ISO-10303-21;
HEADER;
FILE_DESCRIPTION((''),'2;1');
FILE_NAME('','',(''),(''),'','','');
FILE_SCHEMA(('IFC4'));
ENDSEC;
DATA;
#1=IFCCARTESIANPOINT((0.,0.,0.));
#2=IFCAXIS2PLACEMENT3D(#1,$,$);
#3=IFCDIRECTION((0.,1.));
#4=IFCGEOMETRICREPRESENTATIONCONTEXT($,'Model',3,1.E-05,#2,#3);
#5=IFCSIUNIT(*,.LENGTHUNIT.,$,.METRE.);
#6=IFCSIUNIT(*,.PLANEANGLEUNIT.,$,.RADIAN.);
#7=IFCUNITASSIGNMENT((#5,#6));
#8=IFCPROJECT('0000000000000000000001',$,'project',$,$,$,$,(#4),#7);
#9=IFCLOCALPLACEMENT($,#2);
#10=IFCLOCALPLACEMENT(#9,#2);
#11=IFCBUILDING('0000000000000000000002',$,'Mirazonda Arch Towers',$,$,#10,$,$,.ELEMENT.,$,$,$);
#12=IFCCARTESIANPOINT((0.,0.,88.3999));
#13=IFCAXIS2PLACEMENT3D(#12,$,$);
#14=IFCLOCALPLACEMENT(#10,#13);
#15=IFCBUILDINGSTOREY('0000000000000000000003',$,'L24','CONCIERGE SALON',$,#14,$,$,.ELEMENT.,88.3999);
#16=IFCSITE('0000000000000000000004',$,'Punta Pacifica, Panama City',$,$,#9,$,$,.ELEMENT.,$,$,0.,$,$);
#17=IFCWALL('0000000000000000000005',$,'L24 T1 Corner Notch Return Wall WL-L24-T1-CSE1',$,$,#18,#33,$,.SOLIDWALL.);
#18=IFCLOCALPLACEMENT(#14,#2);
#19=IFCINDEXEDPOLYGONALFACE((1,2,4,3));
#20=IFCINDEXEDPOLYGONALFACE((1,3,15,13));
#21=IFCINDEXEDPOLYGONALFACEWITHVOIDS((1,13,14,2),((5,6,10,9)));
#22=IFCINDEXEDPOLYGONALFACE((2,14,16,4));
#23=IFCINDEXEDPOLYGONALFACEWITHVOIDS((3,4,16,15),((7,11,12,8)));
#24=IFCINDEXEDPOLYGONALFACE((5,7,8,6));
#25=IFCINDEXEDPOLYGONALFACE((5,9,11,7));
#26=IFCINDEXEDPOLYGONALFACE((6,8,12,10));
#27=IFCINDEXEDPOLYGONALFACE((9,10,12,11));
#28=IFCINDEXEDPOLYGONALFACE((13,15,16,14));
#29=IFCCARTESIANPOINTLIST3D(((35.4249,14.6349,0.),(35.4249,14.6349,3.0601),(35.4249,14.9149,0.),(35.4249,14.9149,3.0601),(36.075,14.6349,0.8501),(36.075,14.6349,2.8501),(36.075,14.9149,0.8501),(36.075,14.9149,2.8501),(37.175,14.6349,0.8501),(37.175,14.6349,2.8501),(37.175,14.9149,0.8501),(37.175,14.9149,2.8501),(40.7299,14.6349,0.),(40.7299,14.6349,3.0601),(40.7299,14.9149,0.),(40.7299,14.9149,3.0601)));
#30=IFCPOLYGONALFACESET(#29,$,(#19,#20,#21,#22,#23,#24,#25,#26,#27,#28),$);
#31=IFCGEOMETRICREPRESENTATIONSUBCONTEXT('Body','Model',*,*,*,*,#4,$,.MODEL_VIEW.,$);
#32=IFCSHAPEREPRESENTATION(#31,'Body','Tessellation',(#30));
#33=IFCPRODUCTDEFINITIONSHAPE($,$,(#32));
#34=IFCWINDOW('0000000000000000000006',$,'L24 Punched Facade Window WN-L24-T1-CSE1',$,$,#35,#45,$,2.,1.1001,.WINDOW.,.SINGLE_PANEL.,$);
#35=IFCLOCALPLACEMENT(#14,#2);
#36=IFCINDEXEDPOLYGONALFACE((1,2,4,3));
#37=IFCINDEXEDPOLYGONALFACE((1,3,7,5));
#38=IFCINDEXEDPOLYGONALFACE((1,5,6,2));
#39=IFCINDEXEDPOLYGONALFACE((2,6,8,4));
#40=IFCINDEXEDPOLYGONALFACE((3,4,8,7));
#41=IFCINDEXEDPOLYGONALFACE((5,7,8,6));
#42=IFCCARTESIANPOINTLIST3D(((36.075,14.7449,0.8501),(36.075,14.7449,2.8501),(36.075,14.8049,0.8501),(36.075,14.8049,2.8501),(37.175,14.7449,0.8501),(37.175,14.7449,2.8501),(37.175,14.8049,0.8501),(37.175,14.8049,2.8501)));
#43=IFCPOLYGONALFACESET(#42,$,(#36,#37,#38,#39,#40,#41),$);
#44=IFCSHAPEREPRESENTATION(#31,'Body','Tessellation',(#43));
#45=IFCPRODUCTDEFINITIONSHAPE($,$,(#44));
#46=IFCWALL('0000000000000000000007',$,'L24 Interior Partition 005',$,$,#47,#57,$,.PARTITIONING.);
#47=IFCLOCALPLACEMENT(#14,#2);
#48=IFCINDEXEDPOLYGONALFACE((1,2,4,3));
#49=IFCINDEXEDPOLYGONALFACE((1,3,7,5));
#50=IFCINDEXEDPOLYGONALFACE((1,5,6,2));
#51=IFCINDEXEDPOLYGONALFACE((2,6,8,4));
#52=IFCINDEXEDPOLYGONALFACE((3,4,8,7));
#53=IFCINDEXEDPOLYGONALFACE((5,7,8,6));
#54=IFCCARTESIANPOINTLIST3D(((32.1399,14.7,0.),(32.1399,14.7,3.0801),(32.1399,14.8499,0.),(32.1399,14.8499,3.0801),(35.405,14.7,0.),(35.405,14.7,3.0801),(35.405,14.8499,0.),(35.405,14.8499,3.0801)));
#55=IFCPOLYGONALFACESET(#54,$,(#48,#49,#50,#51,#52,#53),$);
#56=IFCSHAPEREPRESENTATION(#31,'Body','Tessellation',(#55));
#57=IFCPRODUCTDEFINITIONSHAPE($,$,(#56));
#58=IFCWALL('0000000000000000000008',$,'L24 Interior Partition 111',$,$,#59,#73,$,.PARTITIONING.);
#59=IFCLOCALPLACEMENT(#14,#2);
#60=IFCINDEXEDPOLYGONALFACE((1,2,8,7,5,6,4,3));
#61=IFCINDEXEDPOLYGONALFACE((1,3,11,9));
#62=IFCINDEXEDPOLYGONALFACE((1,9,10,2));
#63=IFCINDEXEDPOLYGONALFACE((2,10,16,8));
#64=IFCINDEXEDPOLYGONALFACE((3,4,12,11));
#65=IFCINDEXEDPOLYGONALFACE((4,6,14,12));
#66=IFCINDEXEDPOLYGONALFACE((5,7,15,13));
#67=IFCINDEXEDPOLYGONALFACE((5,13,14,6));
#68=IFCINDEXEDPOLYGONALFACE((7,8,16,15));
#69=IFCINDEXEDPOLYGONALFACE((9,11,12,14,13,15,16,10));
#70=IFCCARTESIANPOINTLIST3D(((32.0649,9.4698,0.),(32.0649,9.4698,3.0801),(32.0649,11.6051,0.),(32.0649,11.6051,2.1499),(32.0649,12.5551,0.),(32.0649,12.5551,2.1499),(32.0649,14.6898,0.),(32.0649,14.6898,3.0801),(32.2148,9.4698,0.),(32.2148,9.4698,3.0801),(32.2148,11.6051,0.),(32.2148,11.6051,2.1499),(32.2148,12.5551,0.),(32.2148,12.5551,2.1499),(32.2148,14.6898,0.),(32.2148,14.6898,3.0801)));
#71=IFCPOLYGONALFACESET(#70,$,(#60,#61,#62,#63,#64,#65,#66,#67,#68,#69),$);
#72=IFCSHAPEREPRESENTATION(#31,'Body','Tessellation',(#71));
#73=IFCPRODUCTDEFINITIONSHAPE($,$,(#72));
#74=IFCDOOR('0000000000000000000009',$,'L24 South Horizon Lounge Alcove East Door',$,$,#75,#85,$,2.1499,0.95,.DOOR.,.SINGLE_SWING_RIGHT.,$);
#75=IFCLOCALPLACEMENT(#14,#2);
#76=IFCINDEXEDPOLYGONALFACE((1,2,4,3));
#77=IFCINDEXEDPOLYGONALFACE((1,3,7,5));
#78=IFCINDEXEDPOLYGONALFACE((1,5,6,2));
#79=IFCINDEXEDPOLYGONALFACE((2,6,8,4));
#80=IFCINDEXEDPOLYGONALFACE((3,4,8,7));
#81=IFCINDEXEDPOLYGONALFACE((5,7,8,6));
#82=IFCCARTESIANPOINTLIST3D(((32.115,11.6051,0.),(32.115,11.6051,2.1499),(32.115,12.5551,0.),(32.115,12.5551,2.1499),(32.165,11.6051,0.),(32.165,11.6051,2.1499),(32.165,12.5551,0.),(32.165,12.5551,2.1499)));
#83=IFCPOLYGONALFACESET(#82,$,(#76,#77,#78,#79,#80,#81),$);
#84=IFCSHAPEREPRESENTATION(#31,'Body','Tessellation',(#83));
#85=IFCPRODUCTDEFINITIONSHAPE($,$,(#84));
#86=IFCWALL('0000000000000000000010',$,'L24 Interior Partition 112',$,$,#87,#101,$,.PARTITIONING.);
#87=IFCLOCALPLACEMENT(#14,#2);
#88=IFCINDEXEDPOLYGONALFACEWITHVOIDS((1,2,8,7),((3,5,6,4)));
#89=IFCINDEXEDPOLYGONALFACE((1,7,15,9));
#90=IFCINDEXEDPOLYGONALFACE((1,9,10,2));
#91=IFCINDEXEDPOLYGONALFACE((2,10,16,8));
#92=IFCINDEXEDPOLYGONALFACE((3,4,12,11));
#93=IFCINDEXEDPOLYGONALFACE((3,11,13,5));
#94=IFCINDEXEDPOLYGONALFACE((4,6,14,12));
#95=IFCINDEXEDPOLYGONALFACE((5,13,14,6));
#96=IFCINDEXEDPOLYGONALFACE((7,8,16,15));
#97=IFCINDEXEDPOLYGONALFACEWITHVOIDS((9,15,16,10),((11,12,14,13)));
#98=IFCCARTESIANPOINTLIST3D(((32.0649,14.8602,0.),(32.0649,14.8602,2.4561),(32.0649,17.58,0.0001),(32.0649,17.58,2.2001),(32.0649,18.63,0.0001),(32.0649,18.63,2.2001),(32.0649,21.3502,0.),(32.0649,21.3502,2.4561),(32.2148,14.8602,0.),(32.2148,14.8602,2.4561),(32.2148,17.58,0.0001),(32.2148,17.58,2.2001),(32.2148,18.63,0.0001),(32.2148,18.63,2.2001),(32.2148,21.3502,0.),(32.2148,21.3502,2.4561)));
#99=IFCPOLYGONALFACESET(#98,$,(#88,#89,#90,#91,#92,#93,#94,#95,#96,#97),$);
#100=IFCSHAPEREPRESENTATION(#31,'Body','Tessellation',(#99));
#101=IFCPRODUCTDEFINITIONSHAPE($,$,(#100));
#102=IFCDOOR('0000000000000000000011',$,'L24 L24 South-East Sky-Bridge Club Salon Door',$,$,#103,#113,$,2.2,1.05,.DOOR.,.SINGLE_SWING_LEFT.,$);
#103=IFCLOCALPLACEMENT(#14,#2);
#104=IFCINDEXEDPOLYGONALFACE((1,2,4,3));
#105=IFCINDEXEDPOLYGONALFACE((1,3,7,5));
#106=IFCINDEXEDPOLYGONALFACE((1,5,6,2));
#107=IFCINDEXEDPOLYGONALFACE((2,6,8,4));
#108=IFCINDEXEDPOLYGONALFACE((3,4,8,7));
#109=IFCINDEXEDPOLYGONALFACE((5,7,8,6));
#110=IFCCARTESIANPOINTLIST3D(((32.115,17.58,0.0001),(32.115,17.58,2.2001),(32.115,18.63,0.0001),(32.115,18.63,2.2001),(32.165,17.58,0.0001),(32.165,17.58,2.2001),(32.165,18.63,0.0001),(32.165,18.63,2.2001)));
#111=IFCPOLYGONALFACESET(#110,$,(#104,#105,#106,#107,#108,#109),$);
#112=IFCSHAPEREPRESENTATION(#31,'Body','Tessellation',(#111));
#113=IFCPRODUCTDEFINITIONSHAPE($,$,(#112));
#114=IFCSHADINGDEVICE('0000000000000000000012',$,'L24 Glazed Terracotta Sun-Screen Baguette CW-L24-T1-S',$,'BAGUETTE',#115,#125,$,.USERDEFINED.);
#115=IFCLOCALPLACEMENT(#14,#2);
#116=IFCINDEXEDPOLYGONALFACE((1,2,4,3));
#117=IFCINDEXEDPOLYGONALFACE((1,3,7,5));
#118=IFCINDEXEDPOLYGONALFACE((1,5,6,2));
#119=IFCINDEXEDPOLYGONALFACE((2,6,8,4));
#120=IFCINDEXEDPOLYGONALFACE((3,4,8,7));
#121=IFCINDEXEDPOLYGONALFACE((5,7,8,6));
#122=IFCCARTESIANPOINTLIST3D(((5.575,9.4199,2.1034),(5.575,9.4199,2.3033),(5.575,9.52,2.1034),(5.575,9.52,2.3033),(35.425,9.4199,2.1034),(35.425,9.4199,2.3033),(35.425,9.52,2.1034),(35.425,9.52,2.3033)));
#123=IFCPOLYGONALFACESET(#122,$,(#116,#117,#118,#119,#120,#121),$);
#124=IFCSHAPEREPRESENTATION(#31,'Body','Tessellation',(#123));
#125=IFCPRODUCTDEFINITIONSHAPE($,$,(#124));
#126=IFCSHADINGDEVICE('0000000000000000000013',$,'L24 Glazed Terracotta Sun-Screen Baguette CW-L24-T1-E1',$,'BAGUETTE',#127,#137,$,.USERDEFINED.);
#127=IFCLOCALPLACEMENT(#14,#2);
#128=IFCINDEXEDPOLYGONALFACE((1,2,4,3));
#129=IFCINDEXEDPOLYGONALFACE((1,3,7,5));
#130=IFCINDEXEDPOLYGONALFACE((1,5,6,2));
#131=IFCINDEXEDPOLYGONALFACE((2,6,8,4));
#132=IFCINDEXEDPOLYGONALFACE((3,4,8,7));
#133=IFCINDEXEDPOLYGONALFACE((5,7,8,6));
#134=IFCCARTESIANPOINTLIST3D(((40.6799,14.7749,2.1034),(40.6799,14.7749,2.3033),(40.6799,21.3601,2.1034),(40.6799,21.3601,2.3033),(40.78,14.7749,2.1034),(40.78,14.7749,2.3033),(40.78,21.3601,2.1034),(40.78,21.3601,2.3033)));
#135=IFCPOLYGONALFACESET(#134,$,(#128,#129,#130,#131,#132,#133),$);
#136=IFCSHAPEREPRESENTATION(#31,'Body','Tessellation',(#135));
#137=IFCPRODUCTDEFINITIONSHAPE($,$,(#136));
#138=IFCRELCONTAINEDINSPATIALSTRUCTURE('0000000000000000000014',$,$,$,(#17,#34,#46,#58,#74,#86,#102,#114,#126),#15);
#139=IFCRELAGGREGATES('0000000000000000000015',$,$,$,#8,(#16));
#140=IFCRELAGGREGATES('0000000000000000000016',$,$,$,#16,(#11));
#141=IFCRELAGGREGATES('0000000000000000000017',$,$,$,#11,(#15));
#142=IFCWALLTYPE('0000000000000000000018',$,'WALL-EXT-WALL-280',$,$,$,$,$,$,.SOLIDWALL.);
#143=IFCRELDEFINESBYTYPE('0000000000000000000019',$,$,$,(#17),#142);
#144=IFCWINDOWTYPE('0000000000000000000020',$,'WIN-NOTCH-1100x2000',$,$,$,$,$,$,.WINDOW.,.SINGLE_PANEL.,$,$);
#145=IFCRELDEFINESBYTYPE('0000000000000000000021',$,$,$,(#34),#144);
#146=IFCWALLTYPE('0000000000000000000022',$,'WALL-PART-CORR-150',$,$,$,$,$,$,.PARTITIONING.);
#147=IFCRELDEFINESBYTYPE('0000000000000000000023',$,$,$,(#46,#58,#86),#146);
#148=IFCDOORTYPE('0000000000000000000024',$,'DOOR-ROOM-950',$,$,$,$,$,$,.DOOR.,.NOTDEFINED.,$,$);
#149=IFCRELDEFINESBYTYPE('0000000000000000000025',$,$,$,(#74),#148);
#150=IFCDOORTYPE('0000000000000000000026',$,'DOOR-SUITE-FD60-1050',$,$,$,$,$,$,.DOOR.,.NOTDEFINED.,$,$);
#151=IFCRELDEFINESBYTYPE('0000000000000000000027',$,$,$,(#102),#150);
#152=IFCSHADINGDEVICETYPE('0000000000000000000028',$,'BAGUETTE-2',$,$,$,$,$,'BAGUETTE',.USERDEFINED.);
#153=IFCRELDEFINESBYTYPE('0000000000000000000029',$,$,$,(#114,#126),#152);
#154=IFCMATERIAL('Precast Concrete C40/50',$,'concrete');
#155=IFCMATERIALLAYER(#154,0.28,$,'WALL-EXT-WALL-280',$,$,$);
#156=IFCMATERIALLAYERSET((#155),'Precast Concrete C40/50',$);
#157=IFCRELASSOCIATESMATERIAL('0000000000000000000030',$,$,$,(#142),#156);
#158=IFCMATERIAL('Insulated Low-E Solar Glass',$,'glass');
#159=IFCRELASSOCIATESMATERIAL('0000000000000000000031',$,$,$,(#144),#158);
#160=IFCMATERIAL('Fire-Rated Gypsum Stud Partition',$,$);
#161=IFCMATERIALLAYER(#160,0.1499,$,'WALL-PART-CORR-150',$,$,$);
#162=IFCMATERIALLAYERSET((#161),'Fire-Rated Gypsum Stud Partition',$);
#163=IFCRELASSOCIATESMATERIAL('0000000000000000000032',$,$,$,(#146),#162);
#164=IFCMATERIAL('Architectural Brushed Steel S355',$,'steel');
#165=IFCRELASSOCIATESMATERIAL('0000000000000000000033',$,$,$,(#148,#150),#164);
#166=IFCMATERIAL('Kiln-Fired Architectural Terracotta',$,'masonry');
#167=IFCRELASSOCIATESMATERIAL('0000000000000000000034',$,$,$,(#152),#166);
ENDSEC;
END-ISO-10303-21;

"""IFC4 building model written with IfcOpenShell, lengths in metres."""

from ifc_helpers import new_model, si_unit, direction, frame, frame_2d, origin, origin_2d, place, context, subcontext, project, spatial, rectangle, extrude, material, layer, layer_set, material_profile, profile_set, type_object, element, fill, save


model = new_model("IFC4")

# Units and contexts
model_context = context("Model", 3, precision=1e-05, world=origin(), true_north=direction((0.0, 1.0)))
body_context = subcontext(model_context, "Body", "Model", "MODEL_VIEW")
ifc_project = project(units=[si_unit("LENGTHUNIT", "METRE"), si_unit("PLANEANGLEUNIT", "RADIAN")], contexts=[model_context])

# Site, building, storey
site_placement = place(None, origin())
site = spatial("IfcSite", under=ifc_project, at=site_placement, Name="Punta Pacifica, Panama City", CompositionType="ELEMENT", RefElevation=0.0)
building_placement = place(site_placement, origin())
building = spatial("IfcBuilding", under=site, at=building_placement, Name="Mirazonda Arch Towers", CompositionType="ELEMENT")
storey_placement = place(building_placement, frame((0.0, 0.0, 88.3999)))
storey = spatial("IfcBuildingStorey", under=building, at=storey_placement, Name="L24", Description="CONCIERGE SALON", CompositionType="ELEMENT", Elevation=88.3999)

# Shared definitions
ifc_material_1 = material(Name="Insulated Low-E Solar Glass", Category="glass")

# Wall, opening, window
ifc_material_2 = material(Name="Precast Concrete C40/50", Category="concrete")
ifc_layer_1 = layer(ifc_material_2, 0.28, Name="WALL-EXT-WALL-280")
ifc_layer_set_1 = layer_set([ifc_layer_1], Name="Precast Concrete C40/50")
wall_type_1 = type_object("IfcWallType", Name="WALL-EXT-WALL-280", PredefinedType="SOLIDWALL", material=ifc_layer_set_1)
wall_1_placement = place(storey_placement, frame((35.425, 14.7749, 0.0), z_axis=(0.0, 0.0, 1.0), x_axis=(1.0, 0.0, 0.0)))
wall_1 = element("IfcWall", 1, at=wall_1_placement, inside=storey, type_object=wall_type_1, Name="L24 T1 Corner Notch Return Wall WL-L24-T1-CSE1", PredefinedType="SOLIDWALL", context=body_context, shape_type="SweptSolid", body=[
    extrude(rectangle(XDim=5.3049, YDim=0.28, at=frame_2d((2.6523, 0.0))), origin(), (0.0, 0.0, 1.0), 3.0601),
])
opening_1_placement = place(wall_1_placement, frame((0.6499, 0.0, 0.8501)))
opening_1 = element("IfcOpeningElement", 2, at=opening_1_placement, cuts=wall_1, PredefinedType="OPENING", context=body_context, shape_type="SweptSolid", body=[
    extrude(rectangle(XDim=1.1001, YDim=2.0, at=frame_2d((0.55, 1.0))), frame((0.0, 0.1499, 0.0), z_axis=(0.0, -1.0, 0.0), x_axis=(1.0, 0.0, 0.0)), (0.0, 0.0, 1.0), 0.3),
])
window_type = type_object("IfcWindowType", Name="WIN-NOTCH-1100x2000", PartitioningType="SINGLE_PANEL", PredefinedType="WINDOW", material=ifc_material_1)
window_placement = place(opening_1_placement, origin())
window = element("IfcWindow", 3, at=window_placement, inside=storey, type_object=window_type, Name="L24 Punched Facade Window WN-L24-T1-CSE1", OverallHeight=2.0, OverallWidth=1.1001, PartitioningType="SINGLE_PANEL", PredefinedType="WINDOW", context=body_context, shape_type="SweptSolid", body=[
    extrude(rectangle(XDim=1.1001, YDim=2.0, at=frame_2d((0.55, 1.0))), frame((0.0, 0.03, 0.0), z_axis=(0.0, -1.0, 0.0), x_axis=(1.0, 0.0, 0.0)), (0.0, 0.0, 1.0), 0.0601),
])
fill(opening_1, window)

# Wall
ifc_material_3 = material(Name="Fire-Rated Gypsum Stud Partition")
ifc_layer_2 = layer(ifc_material_3, 0.1499, Name="WALL-PART-CORR-150")
ifc_layer_set_2 = layer_set([ifc_layer_2], Name="Fire-Rated Gypsum Stud Partition")
wall_type_2 = type_object("IfcWallType", Name="WALL-PART-CORR-150", PredefinedType="PARTITIONING", material=ifc_layer_set_2)
wall_2_placement = place(storey_placement, frame((32.1399, 14.7749, 0.0), z_axis=(0.0, 0.0, 1.0), x_axis=(1.0, 0.0, 0.0)))
element("IfcWall", 4, at=wall_2_placement, inside=storey, type_object=wall_type_2, Name="L24 Interior Partition 005", PredefinedType="PARTITIONING", context=body_context, shape_type="SweptSolid", body=[
    extrude(rectangle(XDim=3.2651, YDim=0.1499, at=frame_2d((1.6326, 0.0))), origin(), (0.0, 0.0, 1.0), 3.0801),
])

# Walls, openings, doors
wall_3_placement = place(storey_placement, frame((32.1399, 9.47, 0.0), z_axis=(0.0, 0.0, 1.0), x_axis=(0.0, 1.0, 0.0)))
wall_3 = element("IfcWall", 5, at=wall_3_placement, inside=storey, type_object=wall_type_2, Name="L24 Interior Partition 111", PredefinedType="PARTITIONING", context=body_context, shape_type="SweptSolid", body=[
    extrude(rectangle(XDim=5.22, YDim=0.1499, at=frame_2d((2.6099, 0.0))), origin(), (0.0, 0.0, 1.0), 3.0801),
])
opening_2_placement = place(wall_3_placement, frame((2.135, 0.0, 0.0)))
opening_2 = element("IfcOpeningElement", 6, at=opening_2_placement, cuts=wall_3, PredefinedType="OPENING", context=body_context, shape_type="SweptSolid", body=[
    extrude(rectangle(XDim=0.95, YDim=2.1499, at=frame_2d((0.4751, 1.075))), frame((0.0, 0.085, 0.0), z_axis=(0.0, -1.0, 0.0), x_axis=(1.0, 0.0, 0.0)), (0.0, 0.0, 1.0), 0.1699),
])
ifc_material_4 = material(Name="Architectural Brushed Steel S355", Category="steel")
door_type_1 = type_object("IfcDoorType", Name="DOOR-ROOM-950", OperationType="NOTDEFINED", PredefinedType="DOOR", material=ifc_material_4)
door_1_placement = place(opening_2_placement, origin())
door_1 = element("IfcDoor", 7, at=door_1_placement, inside=storey, type_object=door_type_1, Name="L24 South Horizon Lounge Alcove East Door", OperationType="SINGLE_SWING_RIGHT", OverallHeight=2.1499, OverallWidth=0.95, PredefinedType="DOOR", context=body_context, shape_type="SweptSolid", body=[
    extrude(rectangle(XDim=0.95, YDim=2.1499, at=frame_2d((0.4751, 1.075))), frame((0.0, 0.0249, 0.0), z_axis=(0.0, -1.0, 0.0), x_axis=(1.0, 0.0, 0.0)), (0.0, 0.0, 1.0), 0.05),
])
fill(opening_2, door_1)
wall_4_placement = place(storey_placement, frame((32.1399, 14.8601, 0.0), z_axis=(0.0, 0.0, 1.0), x_axis=(0.0, 1.0, 0.0)))
wall_4 = element("IfcWall", 8, at=wall_4_placement, inside=storey, type_object=wall_type_2, Name="L24 Interior Partition 112", PredefinedType="PARTITIONING", context=body_context, shape_type="SweptSolid", body=[
    extrude(rectangle(XDim=6.49, YDim=0.1499, at=frame_2d((3.2451, 0.0))), origin(), (0.0, 0.0, 1.0), 2.4561),
])
opening_3_placement = place(wall_4_placement, frame((2.72, 0.0, 0.0)))
opening_3 = element("IfcOpeningElement", 9, at=opening_3_placement, cuts=wall_4, PredefinedType="OPENING", context=body_context, shape_type="SweptSolid", body=[
    extrude(rectangle(XDim=1.05, YDim=2.2, at=frame_2d((0.5249, 1.1001))), frame((0.0, 0.085, 0.0), z_axis=(0.0, -1.0, 0.0), x_axis=(1.0, 0.0, 0.0)), (0.0, 0.0, 1.0), 0.1699),
])
door_type_2 = type_object("IfcDoorType", Name="DOOR-SUITE-FD60-1050", OperationType="NOTDEFINED", PredefinedType="DOOR", material=ifc_material_4)
door_2_placement = place(opening_3_placement, origin())
door_2 = element("IfcDoor", 10, at=door_2_placement, inside=storey, type_object=door_type_2, Name="L24 L24 South-East Sky-Bridge Club Salon Door", OperationType="SINGLE_SWING_LEFT", OverallHeight=2.2, OverallWidth=1.05, PredefinedType="DOOR", context=body_context, shape_type="SweptSolid", body=[
    extrude(rectangle(XDim=1.05, YDim=2.2, at=frame_2d((0.5249, 1.1001))), frame((0.0, 0.0249, 0.0), z_axis=(0.0, -1.0, 0.0), x_axis=(1.0, 0.0, 0.0)), (0.0, 0.0, 1.0), 0.05),
])
fill(opening_3, door_2)

# Shading devices
ifc_material_5 = material(Name="Kiln-Fired Architectural Terracotta", Category="masonry")
ifc_material_profile_1 = material_profile(ifc_material_5, rectangle(XDim=0.1001, YDim=0.2, at=origin_2d()), Name="TERRA-BAG-100x200")
ifc_profile_set_1 = profile_set([ifc_material_profile_1], Name="Kiln-Fired Architectural Terracotta")
shading_device_type = type_object("IfcShadingDeviceType", Name="BAGUETTE-2", ElementType="BAGUETTE", PredefinedType="USERDEFINED", material=ifc_profile_set_1)
shading_device_1_placement = place(storey_placement, frame((35.425, 9.47, 2.2034), z_axis=(-1.0, 0.0, 0.0), x_axis=(0.0, -1.0, 0.0)))
element("IfcShadingDevice", 11, at=shading_device_1_placement, inside=storey, type_object=shading_device_type, Name="L24 Glazed Terracotta Sun-Screen Baguette CW-L24-T1-S", ObjectType="BAGUETTE", PredefinedType="USERDEFINED", context=body_context, shape_type="SweptSolid", body=[
    extrude(rectangle(XDim=0.1001, YDim=0.2, at=origin_2d()), origin(), (0.0, 0.0, 1.0), 29.8501),
])
shading_device_2_placement = place(storey_placement, frame((40.73, 14.7749, 2.2034), z_axis=(0.0, 1.0, 0.0), x_axis=(-1.0, 0.0, 0.0)))
element("IfcShadingDevice", 12, at=shading_device_2_placement, inside=storey, type_object=shading_device_type, Name="L24 Glazed Terracotta Sun-Screen Baguette CW-L24-T1-E1", ObjectType="BAGUETTE", PredefinedType="USERDEFINED", context=body_context, shape_type="SweptSolid", body=[
    extrude(rectangle(XDim=0.1001, YDim=0.2, at=origin_2d()), origin(), (0.0, 0.0, 1.0), 6.5852),
])

save(model, "model.ifc")
